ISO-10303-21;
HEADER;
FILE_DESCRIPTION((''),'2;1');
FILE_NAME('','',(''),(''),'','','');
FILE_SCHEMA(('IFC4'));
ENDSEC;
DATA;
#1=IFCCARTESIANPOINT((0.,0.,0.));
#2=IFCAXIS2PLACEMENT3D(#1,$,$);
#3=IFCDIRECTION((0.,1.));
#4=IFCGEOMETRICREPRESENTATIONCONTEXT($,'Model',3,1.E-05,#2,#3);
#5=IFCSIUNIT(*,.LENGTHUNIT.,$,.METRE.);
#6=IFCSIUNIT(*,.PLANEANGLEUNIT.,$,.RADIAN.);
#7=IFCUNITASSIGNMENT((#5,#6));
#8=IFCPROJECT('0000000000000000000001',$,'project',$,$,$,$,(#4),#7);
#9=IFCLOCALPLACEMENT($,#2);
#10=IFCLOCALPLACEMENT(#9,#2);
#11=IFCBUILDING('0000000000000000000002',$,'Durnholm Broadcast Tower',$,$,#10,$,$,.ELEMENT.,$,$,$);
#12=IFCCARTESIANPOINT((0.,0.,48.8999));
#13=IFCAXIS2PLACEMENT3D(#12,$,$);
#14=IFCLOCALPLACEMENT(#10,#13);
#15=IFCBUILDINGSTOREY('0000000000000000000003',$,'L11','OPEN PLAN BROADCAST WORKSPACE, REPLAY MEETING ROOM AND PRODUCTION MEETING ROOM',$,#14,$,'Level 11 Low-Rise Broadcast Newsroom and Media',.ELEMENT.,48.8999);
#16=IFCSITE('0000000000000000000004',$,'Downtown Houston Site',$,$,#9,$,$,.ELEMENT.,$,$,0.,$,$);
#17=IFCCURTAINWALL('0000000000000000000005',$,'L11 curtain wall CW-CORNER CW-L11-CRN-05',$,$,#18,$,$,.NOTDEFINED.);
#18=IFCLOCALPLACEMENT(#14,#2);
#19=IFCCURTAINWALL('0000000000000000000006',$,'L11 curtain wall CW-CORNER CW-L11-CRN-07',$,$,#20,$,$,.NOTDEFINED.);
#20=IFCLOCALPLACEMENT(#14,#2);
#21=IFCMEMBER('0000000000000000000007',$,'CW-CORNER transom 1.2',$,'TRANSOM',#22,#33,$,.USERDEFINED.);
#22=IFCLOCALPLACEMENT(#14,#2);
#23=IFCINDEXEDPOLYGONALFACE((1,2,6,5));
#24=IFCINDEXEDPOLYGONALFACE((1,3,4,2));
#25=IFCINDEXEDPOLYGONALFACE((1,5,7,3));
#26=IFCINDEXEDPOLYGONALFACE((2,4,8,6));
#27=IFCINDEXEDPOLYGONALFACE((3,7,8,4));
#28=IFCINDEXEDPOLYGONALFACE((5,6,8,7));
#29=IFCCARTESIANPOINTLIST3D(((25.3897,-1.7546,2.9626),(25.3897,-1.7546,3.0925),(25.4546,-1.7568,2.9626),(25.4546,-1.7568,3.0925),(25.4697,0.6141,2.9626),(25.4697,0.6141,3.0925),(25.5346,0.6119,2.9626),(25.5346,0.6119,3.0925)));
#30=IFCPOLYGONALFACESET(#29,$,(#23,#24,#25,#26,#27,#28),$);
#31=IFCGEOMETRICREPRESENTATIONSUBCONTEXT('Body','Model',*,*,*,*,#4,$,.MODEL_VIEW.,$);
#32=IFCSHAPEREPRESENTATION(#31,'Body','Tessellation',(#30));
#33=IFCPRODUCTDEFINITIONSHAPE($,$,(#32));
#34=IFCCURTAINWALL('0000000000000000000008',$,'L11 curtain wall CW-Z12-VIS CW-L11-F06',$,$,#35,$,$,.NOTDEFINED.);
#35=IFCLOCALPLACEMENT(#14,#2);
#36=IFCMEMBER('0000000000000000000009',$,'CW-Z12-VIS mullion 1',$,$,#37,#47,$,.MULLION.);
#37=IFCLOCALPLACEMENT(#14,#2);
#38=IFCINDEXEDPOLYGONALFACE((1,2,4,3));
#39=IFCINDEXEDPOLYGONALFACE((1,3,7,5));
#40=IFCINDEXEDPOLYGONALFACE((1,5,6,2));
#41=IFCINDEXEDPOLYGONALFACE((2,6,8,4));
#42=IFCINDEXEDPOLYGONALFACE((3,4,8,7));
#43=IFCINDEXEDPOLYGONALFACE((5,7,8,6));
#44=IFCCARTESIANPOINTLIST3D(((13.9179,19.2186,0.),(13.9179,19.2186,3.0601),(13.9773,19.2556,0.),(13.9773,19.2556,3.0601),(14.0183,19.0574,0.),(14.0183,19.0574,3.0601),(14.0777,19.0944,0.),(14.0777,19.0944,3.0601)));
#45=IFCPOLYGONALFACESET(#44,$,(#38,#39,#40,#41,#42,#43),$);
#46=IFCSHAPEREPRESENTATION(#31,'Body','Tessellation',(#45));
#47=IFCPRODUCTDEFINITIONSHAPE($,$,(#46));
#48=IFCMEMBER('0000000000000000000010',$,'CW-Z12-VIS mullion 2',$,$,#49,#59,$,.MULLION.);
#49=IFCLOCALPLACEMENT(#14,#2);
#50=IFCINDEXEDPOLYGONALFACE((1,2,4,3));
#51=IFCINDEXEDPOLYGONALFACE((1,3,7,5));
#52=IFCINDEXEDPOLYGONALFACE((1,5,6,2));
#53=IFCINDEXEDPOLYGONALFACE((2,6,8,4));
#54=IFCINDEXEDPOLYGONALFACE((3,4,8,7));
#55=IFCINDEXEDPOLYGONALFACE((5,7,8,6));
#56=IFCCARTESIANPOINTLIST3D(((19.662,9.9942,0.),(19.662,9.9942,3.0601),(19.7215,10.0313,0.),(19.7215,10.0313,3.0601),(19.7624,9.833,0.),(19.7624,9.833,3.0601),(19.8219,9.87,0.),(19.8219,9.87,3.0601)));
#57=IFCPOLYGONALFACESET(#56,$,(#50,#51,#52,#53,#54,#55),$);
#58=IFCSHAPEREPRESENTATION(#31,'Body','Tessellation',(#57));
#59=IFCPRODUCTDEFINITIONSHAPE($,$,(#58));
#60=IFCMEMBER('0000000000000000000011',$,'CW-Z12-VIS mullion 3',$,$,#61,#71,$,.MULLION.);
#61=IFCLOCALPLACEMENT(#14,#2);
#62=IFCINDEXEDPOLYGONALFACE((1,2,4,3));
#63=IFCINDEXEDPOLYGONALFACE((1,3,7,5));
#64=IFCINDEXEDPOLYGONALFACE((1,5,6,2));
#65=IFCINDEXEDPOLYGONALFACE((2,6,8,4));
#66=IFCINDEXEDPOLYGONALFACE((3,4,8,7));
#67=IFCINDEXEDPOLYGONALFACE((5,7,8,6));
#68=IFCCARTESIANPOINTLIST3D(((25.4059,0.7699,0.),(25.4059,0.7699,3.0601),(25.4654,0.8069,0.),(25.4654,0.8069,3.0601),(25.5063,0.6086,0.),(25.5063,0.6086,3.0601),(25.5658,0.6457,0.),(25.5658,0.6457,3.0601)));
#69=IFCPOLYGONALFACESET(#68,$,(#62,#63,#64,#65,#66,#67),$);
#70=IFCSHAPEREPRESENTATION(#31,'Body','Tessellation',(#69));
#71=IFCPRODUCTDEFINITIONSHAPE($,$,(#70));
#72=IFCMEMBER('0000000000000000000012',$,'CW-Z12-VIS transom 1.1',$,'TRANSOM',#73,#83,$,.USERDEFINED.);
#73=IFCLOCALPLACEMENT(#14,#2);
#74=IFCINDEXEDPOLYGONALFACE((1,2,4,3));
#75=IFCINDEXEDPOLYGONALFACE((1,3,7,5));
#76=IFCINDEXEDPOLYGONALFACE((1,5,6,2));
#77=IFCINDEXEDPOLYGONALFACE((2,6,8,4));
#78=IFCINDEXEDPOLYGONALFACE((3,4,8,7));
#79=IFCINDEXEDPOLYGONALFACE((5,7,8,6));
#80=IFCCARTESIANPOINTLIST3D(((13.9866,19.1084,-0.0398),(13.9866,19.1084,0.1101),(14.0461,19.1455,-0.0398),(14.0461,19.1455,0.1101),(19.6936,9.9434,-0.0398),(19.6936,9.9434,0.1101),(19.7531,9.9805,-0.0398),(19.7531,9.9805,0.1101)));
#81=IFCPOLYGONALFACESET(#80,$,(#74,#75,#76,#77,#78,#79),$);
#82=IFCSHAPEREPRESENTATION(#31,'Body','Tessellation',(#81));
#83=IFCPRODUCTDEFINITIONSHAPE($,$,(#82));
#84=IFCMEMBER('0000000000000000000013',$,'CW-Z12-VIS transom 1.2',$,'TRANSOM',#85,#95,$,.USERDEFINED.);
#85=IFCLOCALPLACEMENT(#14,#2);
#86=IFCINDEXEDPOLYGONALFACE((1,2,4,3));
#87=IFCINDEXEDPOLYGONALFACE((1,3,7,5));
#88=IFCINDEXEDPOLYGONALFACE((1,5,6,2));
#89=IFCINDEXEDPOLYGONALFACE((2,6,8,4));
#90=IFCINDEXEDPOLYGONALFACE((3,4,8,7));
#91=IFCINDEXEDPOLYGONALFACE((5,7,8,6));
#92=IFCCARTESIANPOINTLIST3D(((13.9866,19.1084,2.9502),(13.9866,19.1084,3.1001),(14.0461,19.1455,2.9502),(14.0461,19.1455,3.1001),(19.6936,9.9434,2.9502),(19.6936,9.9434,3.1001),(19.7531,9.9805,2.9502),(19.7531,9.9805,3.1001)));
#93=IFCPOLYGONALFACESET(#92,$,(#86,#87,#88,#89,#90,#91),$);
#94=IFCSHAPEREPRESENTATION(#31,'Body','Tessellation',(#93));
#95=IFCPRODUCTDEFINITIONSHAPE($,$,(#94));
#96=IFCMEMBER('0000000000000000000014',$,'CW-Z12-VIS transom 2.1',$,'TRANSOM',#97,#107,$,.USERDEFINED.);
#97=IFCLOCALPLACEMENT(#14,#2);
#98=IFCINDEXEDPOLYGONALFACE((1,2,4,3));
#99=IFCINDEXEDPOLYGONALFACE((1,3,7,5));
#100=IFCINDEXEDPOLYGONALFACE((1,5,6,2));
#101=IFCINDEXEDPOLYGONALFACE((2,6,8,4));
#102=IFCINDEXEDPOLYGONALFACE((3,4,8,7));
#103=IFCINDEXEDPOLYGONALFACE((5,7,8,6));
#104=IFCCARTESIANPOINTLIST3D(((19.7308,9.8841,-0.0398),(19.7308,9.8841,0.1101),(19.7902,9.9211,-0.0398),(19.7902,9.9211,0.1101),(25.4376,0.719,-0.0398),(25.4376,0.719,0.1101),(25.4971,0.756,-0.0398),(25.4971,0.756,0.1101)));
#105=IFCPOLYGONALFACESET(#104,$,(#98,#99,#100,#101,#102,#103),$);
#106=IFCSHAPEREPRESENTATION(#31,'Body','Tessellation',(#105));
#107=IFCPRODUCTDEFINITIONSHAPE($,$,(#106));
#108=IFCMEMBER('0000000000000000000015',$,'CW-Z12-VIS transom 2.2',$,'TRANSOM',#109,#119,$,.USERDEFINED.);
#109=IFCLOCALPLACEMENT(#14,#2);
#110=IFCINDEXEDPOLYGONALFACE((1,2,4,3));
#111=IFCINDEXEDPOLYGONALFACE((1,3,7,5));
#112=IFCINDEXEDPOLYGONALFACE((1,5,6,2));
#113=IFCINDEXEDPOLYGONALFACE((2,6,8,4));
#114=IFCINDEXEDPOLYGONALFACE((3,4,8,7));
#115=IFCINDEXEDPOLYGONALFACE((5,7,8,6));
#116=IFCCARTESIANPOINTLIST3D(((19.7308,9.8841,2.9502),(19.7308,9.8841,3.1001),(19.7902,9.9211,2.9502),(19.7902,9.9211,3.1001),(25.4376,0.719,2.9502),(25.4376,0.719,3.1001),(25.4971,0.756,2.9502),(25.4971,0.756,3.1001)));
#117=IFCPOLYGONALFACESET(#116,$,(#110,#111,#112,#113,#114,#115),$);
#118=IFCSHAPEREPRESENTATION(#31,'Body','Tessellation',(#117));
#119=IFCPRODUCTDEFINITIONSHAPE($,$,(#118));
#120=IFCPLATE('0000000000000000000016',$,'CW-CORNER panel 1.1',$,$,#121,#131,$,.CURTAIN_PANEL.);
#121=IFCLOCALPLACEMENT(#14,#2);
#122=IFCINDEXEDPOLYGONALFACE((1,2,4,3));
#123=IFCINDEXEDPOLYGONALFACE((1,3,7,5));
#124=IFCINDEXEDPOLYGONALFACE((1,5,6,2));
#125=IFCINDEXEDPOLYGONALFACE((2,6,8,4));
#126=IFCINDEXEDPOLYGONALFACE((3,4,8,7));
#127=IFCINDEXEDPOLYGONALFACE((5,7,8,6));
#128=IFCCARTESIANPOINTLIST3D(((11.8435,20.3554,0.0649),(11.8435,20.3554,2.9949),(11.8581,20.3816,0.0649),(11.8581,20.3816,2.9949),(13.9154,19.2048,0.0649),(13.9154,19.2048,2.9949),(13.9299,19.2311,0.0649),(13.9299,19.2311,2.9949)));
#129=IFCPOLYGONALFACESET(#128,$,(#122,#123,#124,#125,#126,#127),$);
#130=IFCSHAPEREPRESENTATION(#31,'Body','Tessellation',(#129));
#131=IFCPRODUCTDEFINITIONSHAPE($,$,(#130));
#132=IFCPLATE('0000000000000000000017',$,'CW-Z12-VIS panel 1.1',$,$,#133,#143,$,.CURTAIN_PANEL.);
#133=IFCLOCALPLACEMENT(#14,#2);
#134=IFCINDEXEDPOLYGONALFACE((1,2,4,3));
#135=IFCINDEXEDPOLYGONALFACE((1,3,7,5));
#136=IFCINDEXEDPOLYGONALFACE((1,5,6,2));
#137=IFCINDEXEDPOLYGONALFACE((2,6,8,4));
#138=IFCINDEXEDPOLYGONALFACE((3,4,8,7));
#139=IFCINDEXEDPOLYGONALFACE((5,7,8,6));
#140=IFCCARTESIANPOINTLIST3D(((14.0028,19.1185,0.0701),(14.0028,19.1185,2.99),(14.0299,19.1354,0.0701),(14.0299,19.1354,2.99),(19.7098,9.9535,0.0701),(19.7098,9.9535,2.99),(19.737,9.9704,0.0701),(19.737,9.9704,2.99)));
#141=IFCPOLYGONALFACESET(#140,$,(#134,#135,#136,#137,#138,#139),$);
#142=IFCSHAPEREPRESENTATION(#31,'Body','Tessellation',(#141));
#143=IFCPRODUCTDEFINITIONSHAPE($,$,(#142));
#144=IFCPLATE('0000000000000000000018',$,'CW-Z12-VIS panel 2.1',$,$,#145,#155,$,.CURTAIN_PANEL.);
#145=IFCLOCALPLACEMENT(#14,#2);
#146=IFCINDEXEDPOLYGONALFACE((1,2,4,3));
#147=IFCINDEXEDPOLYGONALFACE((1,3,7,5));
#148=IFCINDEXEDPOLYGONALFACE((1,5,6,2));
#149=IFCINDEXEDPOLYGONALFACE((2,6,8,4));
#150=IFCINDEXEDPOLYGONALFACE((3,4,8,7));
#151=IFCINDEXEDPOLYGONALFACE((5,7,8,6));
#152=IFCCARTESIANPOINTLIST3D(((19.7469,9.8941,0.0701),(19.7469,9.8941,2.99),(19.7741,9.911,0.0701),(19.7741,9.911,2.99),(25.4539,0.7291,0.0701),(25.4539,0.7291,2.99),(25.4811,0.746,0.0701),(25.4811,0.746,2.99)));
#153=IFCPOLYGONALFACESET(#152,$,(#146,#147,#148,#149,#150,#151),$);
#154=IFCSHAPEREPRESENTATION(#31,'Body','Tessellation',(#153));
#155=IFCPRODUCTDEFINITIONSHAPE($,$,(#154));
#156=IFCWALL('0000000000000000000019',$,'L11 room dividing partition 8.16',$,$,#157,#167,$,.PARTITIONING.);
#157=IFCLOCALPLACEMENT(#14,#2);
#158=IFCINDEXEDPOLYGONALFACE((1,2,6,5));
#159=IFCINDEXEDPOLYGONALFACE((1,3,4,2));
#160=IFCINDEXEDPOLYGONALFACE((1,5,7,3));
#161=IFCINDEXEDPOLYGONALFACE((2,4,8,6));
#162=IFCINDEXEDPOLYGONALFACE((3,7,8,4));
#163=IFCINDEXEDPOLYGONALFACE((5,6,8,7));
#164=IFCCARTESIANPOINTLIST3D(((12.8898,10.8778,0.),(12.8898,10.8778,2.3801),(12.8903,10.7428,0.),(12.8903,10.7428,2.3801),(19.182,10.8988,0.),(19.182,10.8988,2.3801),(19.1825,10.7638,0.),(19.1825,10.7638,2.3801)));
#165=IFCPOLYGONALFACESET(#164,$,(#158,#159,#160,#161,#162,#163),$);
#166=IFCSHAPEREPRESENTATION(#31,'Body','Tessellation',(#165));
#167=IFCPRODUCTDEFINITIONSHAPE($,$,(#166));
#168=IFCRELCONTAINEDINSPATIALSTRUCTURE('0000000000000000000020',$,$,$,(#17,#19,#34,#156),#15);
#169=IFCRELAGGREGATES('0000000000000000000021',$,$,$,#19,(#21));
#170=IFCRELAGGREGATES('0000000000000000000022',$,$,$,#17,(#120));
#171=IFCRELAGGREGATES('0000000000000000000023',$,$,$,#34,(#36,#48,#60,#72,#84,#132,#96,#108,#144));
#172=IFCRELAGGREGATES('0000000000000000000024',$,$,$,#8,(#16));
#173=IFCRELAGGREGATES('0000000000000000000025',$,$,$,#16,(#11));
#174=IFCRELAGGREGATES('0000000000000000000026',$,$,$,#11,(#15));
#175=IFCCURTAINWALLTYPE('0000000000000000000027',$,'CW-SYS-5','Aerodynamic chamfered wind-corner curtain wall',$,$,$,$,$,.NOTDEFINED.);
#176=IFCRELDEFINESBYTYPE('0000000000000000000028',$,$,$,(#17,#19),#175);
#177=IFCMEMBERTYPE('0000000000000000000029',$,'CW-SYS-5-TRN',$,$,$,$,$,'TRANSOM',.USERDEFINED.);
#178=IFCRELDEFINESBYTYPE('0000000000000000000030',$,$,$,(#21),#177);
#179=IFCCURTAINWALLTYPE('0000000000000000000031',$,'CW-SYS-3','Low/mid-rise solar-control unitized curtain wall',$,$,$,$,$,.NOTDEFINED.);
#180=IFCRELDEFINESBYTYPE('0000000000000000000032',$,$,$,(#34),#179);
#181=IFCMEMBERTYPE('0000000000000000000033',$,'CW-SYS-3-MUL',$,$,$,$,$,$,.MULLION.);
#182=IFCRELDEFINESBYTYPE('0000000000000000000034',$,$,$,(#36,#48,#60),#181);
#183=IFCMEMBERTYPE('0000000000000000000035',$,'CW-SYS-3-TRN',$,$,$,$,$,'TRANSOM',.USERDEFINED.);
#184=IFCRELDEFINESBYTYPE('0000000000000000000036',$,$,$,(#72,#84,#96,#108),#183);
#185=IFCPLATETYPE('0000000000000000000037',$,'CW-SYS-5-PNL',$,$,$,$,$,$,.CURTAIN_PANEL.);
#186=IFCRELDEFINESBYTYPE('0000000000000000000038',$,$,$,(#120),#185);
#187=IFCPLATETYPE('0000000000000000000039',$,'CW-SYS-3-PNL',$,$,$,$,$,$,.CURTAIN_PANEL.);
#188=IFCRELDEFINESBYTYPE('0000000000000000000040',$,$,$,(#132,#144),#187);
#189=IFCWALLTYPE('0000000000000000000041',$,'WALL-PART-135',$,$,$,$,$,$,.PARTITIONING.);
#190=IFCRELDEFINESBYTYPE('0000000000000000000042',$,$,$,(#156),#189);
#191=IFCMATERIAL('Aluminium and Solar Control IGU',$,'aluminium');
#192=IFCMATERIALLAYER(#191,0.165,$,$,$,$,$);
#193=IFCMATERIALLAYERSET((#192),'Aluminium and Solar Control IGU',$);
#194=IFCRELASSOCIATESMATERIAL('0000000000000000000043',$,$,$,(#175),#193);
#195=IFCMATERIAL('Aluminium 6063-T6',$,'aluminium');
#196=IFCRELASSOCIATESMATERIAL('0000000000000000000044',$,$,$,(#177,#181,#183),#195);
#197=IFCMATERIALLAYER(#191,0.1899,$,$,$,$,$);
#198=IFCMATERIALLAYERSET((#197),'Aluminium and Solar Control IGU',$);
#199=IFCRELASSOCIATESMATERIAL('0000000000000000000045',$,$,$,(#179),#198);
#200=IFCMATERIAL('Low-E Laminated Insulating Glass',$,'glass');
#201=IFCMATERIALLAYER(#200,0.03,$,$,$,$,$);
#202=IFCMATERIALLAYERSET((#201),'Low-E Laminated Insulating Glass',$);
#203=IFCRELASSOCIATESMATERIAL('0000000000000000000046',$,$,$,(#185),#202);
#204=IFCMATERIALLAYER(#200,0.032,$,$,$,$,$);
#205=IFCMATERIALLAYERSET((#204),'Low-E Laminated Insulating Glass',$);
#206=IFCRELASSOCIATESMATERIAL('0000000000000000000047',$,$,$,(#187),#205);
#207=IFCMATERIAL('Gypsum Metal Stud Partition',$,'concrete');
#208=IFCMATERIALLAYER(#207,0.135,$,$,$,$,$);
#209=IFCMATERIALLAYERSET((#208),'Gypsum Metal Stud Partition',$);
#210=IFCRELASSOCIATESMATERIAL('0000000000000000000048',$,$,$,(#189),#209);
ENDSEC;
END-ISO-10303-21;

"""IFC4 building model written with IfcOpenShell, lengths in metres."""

from ifc_helpers import new_model, si_unit, direction, frame, frame_2d, origin, origin_2d, place, context, subcontext, project, spatial, rectangle, extrude, source, transform, mapped, material, layer, layer_set, material_profile, profile_set, type_object, type_shapes, element, aggregate, save


model = new_model("IFC4")

# Units and contexts
model_context = context("Model", 3, precision=1e-05, world=origin(), true_north=direction((0.0, 1.0)))
body_context = subcontext(model_context, "Body", "Model", "MODEL_VIEW")
ifc_project = project(units=[si_unit("LENGTHUNIT", "METRE"), si_unit("PLANEANGLEUNIT", "RADIAN")], contexts=[model_context])

# Site, building, storey
site_placement = place(None, origin())
site = spatial("IfcSite", under=ifc_project, at=site_placement, Name="Downtown Houston Site", CompositionType="ELEMENT", RefElevation=0.0)
building_placement = place(site_placement, origin())
building = spatial("IfcBuilding", under=site, at=building_placement, Name="Durnholm Broadcast Tower", CompositionType="ELEMENT")
storey_placement = place(building_placement, frame((0.0, 0.0, 48.8999)))
storey = spatial("IfcBuildingStorey", under=building, at=storey_placement, Name="L11", Description="OPEN PLAN BROADCAST WORKSPACE, REPLAY MEETING ROOM AND PRODUCTION MEETING ROOM", LongName="Level 11 Low-Rise Broadcast Newsroom and Media", CompositionType="ELEMENT", Elevation=48.8999)

# Curtain wall
ifc_material_1 = material(Name="Aluminium and Solar Control IGU", Category="aluminium")
ifc_layer_1 = layer(ifc_material_1, 0.165)
ifc_layer_set_1 = layer_set([ifc_layer_1], Name="Aluminium and Solar Control IGU")
curtain_wall_type_1 = type_object("IfcCurtainWallType", Name="CW-SYS-5", Description="Aerodynamic chamfered wind-corner curtain wall", PredefinedType="NOTDEFINED", material=ifc_layer_set_1)
curtain_wall_1_placement = place(storey_placement, origin())
curtain_wall_1 = element("IfcCurtainWall", 1, at=curtain_wall_1_placement, inside=storey, type_object=curtain_wall_type_1, Name="L11 curtain wall CW-CORNER CW-L11-CRN-05", PredefinedType="NOTDEFINED")
ifc_material_2 = material(Name="Aluminium 6063-T6", Category="aluminium")

# Curtain wall
curtain_wall_2_placement = place(storey_placement, origin())
curtain_wall_2 = element("IfcCurtainWall", 2, at=curtain_wall_2_placement, inside=storey, type_object=curtain_wall_type_1, Name="L11 curtain wall CW-CORNER CW-L11-CRN-07", PredefinedType="NOTDEFINED")

# Member
ifc_material_profile_1 = material_profile(ifc_material_2, rectangle(XDim=0.0649, YDim=0.1299, at=origin_2d()), Name="CWT65X130")
ifc_profile_set_1 = profile_set([ifc_material_profile_1], Name="Aluminium 6063-T6")
member_type_1 = type_object("IfcMemberType", Name="CW-SYS-5-TRN", ElementType="TRANSOM", PredefinedType="USERDEFINED", material=ifc_profile_set_1)
shared_shape_1 = source(origin(), body_context, "Body", "SweptSolid", [
    extrude(rectangle(XDim=0.0649, YDim=0.1299, at=origin_2d()), origin(), (0.0, 0.0, 1.0), 2.3701),
])
type_shapes(member_type_1, [shared_shape_1])
member_1_placement = place(storey_placement, frame((25.5022, 0.613, 3.0276), z_axis=(-0.033788, -0.999429, 0.0), x_axis=(0.999429, -0.033788, 0.0)))
member_1 = element("IfcMember", 3, at=member_1_placement, type_object=member_type_1, Name="CW-CORNER transom 1.2", ObjectType="TRANSOM", PredefinedType="USERDEFINED", context=body_context, shape_type="MappedRepresentation", body=[
    mapped(shared_shape_1, transform((0.0, 0.0, 0.0), x_axis=(1.0, 0.0, 0.0), y_axis=(0.0, 1.0, 0.0), z_axis=(0.0, 0.0, 1.0), scale=1.0)),
])
aggregate(curtain_wall_2, [member_1])

# Curtain wall, members
ifc_layer_2 = layer(ifc_material_1, 0.1899)
ifc_layer_set_2 = layer_set([ifc_layer_2], Name="Aluminium and Solar Control IGU")
curtain_wall_type_2 = type_object("IfcCurtainWallType", Name="CW-SYS-3", Description="Low/mid-rise solar-control unitized curtain wall", PredefinedType="NOTDEFINED", material=ifc_layer_set_2)
curtain_wall_3_placement = place(storey_placement, origin())
curtain_wall_3 = element("IfcCurtainWall", 4, at=curtain_wall_3_placement, inside=storey, type_object=curtain_wall_type_2, Name="L11 curtain wall CW-Z12-VIS CW-L11-F06", PredefinedType="NOTDEFINED")
ifc_material_profile_2 = material_profile(ifc_material_2, rectangle(XDim=0.0701, YDim=0.1899, at=origin_2d()), Name="CWM70X190")
ifc_profile_set_2 = profile_set([ifc_material_profile_2], Name="Aluminium 6063-T6")
member_type_2 = type_object("IfcMemberType", Name="CW-SYS-3-MUL", PredefinedType="MULLION", material=ifc_profile_set_2)
shared_shape_2 = source(origin(), body_context, "Body", "SweptSolid", [
    extrude(rectangle(XDim=0.0701, YDim=0.1899, at=origin_2d()), origin(), (0.0, 0.0, 1.0), 3.0601),
])
type_shapes(member_type_2, [shared_shape_2])
member_2_placement = place(storey_placement, frame((13.9978, 19.1565, 0.0), z_axis=(0.0, 0.0, 1.0), x_axis=(0.848876, 0.528592, 0.0)))
member_2 = element("IfcMember", 5, at=member_2_placement, type_object=member_type_2, Name="CW-Z12-VIS mullion 1", PredefinedType="MULLION", context=body_context, shape_type="MappedRepresentation", body=[
    mapped(shared_shape_2, transform((0.0, 0.0, 0.0), x_axis=(1.0, 0.0, 0.0), y_axis=(0.0, 1.0, 0.0), z_axis=(0.0, 0.0, 1.0), scale=1.0)),
])
member_3_placement = place(storey_placement, frame((19.7419, 9.9321, 0.0), z_axis=(0.0, 0.0, 1.0), x_axis=(0.848876, 0.528592, 0.0)))
member_3 = element("IfcMember", 6, at=member_3_placement, type_object=member_type_2, Name="CW-Z12-VIS mullion 2", PredefinedType="MULLION", context=body_context, shape_type="MappedRepresentation", body=[
    mapped(shared_shape_2, transform((0.0, 0.0, 0.0), x_axis=(1.0, 0.0, 0.0), y_axis=(0.0, 1.0, 0.0), z_axis=(0.0, 0.0, 1.0), scale=1.0)),
])
member_4_placement = place(storey_placement, frame((25.4858, 0.7078, 0.0), z_axis=(0.0, 0.0, 1.0), x_axis=(0.848876, 0.528592, 0.0)))
member_4 = element("IfcMember", 7, at=member_4_placement, type_object=member_type_2, Name="CW-Z12-VIS mullion 3", PredefinedType="MULLION", context=body_context, shape_type="MappedRepresentation", body=[
    mapped(shared_shape_2, transform((0.0, 0.0, 0.0), x_axis=(1.0, 0.0, 0.0), y_axis=(0.0, 1.0, 0.0), z_axis=(0.0, 0.0, 1.0), scale=1.0)),
])
ifc_material_profile_3 = material_profile(ifc_material_2, rectangle(XDim=0.0701, YDim=0.1499, at=origin_2d()), Name="CWT70X150")
ifc_profile_set_3 = profile_set([ifc_material_profile_3], Name="Aluminium 6063-T6")
member_type_3 = type_object("IfcMemberType", Name="CW-SYS-3-TRN", ElementType="TRANSOM", PredefinedType="USERDEFINED", material=ifc_profile_set_3)
shared_shape_3 = source(origin(), body_context, "Body", "SweptSolid", [
    extrude(rectangle(XDim=0.0701, YDim=0.1499, at=origin_2d()), origin(), (0.0, 0.0, 1.0), 10.7966),
])
type_shapes(member_type_3, [shared_shape_3])
member_5_placement = place(storey_placement, frame((14.0164, 19.127, 0.0352), z_axis=(0.528592, -0.848876, 0.0), x_axis=(0.848876, 0.528592, 0.0)))
member_5 = element("IfcMember", 8, at=member_5_placement, type_object=member_type_3, Name="CW-Z12-VIS transom 1.1", ObjectType="TRANSOM", PredefinedType="USERDEFINED", context=body_context, shape_type="MappedRepresentation", body=[
    mapped(shared_shape_3, transform((0.0, 0.0, 0.0), x_axis=(1.0, 0.0, 0.0), y_axis=(0.0, 1.0, 0.0), z_axis=(0.0, 0.0, 1.0), scale=1.0)),
])
member_6_placement = place(storey_placement, frame((14.0164, 19.127, 3.0251), z_axis=(0.528592, -0.848876, 0.0), x_axis=(0.848876, 0.528592, 0.0)))
member_6 = element("IfcMember", 9, at=member_6_placement, type_object=member_type_3, Name="CW-Z12-VIS transom 1.2", ObjectType="TRANSOM", PredefinedType="USERDEFINED", context=body_context, shape_type="MappedRepresentation", body=[
    mapped(shared_shape_3, transform((0.0, 0.0, 0.0), x_axis=(1.0, 0.0, 0.0), y_axis=(0.0, 1.0, 0.0), z_axis=(0.0, 0.0, 1.0), scale=1.0)),
])
member_7_placement = place(storey_placement, frame((19.7605, 9.9026, 0.0352), z_axis=(0.528575, -0.848886, 0.0), x_axis=(0.848886, 0.528575, 0.0)))
member_7 = element("IfcMember", 10, at=member_7_placement, type_object=member_type_3, Name="CW-Z12-VIS transom 2.1", ObjectType="TRANSOM", PredefinedType="USERDEFINED", context=body_context, shape_type="MappedRepresentation", body=[
    mapped(shared_shape_3, transform((0.0, 0.0, 0.0), x_axis=(1.0, 0.0, 0.0), y_axis=(0.0, 1.0, 0.0), z_axis=(0.0, 0.0, 1.0), scale=1.0)),
])
member_8_placement = place(storey_placement, frame((19.7605, 9.9026, 3.0251), z_axis=(0.528575, -0.848886, 0.0), x_axis=(0.848886, 0.528575, 0.0)))
member_8 = element("IfcMember", 11, at=member_8_placement, type_object=member_type_3, Name="CW-Z12-VIS transom 2.2", ObjectType="TRANSOM", PredefinedType="USERDEFINED", context=body_context, shape_type="MappedRepresentation", body=[
    mapped(shared_shape_3, transform((0.0, 0.0, 0.0), x_axis=(1.0, 0.0, 0.0), y_axis=(0.0, 1.0, 0.0), z_axis=(0.0, 0.0, 1.0), scale=1.0)),
])

# Plates
ifc_material_3 = material(Name="Low-E Laminated Insulating Glass", Category="glass")
ifc_layer_3 = layer(ifc_material_3, 0.03)
ifc_layer_set_3 = layer_set([ifc_layer_3], Name="Low-E Laminated Insulating Glass")
plate_type_1 = type_object("IfcPlateType", Name="CW-SYS-5-PNL", PredefinedType="CURTAIN_PANEL", material=ifc_layer_set_3)
shared_shape_4 = source(origin(), body_context, "Body", "SweptSolid", [
    extrude(rectangle(XDim=2.3699, YDim=0.03, at=origin_2d()), origin(), (0.0, 0.0, 1.0), 2.9299),
])
type_shapes(plate_type_1, [shared_shape_4])
plate_1_placement = place(storey_placement, frame((12.8867, 19.7932, 0.0649), z_axis=(0.0, 0.0, 1.0), x_axis=(0.874246, -0.485483, 0.0)))
plate_1 = element("IfcPlate", 12, at=plate_1_placement, type_object=plate_type_1, Name="CW-CORNER panel 1.1", PredefinedType="CURTAIN_PANEL", context=body_context, shape_type="MappedRepresentation", body=[
    mapped(shared_shape_4, transform((0.0, 0.0, 0.0), x_axis=(1.0, 0.0, 0.0), y_axis=(0.0, 1.0, 0.0), z_axis=(0.0, 0.0, 1.0), scale=1.0)),
])
aggregate(curtain_wall_1, [plate_1])
ifc_layer_4 = layer(ifc_material_3, 0.032)
ifc_layer_set_4 = layer_set([ifc_layer_4], Name="Low-E Laminated Insulating Glass")
plate_type_2 = type_object("IfcPlateType", Name="CW-SYS-3-PNL", PredefinedType="CURTAIN_PANEL", material=ifc_layer_set_4)
shared_shape_5 = source(origin(), body_context, "Body", "SweptSolid", [
    extrude(rectangle(XDim=10.7966, YDim=0.032, at=origin_2d()), origin(), (0.0, 0.0, 1.0), 2.9199),
])
type_shapes(plate_type_2, [shared_shape_5])
plate_2_placement = place(storey_placement, frame((16.8699, 14.5444, 0.0701), z_axis=(0.0, 0.0, 1.0), x_axis=(0.528592, -0.848876, 0.0)))
plate_2 = element("IfcPlate", 13, at=plate_2_placement, type_object=plate_type_2, Name="CW-Z12-VIS panel 1.1", PredefinedType="CURTAIN_PANEL", context=body_context, shape_type="MappedRepresentation", body=[
    mapped(shared_shape_5, transform((0.0, 0.0, 0.0), x_axis=(1.0, 0.0, 0.0), y_axis=(0.0, 1.0, 0.0), z_axis=(0.0, 0.0, 1.0), scale=1.0)),
])
plate_3_placement = place(storey_placement, frame((22.614, 5.3201, 0.0701), z_axis=(0.0, 0.0, 1.0), x_axis=(0.528592, -0.848876, 0.0)))
plate_3 = element("IfcPlate", 14, at=plate_3_placement, type_object=plate_type_2, Name="CW-Z12-VIS panel 2.1", PredefinedType="CURTAIN_PANEL", context=body_context, shape_type="MappedRepresentation", body=[
    mapped(shared_shape_5, transform((0.0, 0.0, 0.0), x_axis=(1.0, 0.0, 0.0), y_axis=(0.0, 1.0, 0.0), z_axis=(0.0, 0.0, 1.0), scale=1.0)),
])
aggregate(curtain_wall_3, [member_2, member_3, member_4, member_5, member_6, plate_2, member_7, member_8, plate_3])

# Wall
ifc_material_4 = material(Name="Gypsum Metal Stud Partition", Category="concrete")
ifc_layer_5 = layer(ifc_material_4, 0.135)
ifc_layer_set_5 = layer_set([ifc_layer_5], Name="Gypsum Metal Stud Partition")
wall_type_1 = type_object("IfcWallType", Name="WALL-PART-135", PredefinedType="PARTITIONING", material=ifc_layer_set_5)
wall_1_placement = place(storey_placement, frame((19.1821, 10.8313, 0.0), z_axis=(0.0, 0.0, 1.0), x_axis=(-0.999994, -0.003337, 0.0)))
element("IfcWall", 15, at=wall_1_placement, inside=storey, type_object=wall_type_1, Name="L11 room dividing partition 8.16", PredefinedType="PARTITIONING", context=body_context, shape_type="SweptSolid", body=[
    extrude(rectangle(XDim=6.2922, YDim=0.135, at=frame_2d((3.146, 0.0))), origin(), (0.0, 0.0, 1.0), 2.3801),
])

save(model, "model.ifc")
